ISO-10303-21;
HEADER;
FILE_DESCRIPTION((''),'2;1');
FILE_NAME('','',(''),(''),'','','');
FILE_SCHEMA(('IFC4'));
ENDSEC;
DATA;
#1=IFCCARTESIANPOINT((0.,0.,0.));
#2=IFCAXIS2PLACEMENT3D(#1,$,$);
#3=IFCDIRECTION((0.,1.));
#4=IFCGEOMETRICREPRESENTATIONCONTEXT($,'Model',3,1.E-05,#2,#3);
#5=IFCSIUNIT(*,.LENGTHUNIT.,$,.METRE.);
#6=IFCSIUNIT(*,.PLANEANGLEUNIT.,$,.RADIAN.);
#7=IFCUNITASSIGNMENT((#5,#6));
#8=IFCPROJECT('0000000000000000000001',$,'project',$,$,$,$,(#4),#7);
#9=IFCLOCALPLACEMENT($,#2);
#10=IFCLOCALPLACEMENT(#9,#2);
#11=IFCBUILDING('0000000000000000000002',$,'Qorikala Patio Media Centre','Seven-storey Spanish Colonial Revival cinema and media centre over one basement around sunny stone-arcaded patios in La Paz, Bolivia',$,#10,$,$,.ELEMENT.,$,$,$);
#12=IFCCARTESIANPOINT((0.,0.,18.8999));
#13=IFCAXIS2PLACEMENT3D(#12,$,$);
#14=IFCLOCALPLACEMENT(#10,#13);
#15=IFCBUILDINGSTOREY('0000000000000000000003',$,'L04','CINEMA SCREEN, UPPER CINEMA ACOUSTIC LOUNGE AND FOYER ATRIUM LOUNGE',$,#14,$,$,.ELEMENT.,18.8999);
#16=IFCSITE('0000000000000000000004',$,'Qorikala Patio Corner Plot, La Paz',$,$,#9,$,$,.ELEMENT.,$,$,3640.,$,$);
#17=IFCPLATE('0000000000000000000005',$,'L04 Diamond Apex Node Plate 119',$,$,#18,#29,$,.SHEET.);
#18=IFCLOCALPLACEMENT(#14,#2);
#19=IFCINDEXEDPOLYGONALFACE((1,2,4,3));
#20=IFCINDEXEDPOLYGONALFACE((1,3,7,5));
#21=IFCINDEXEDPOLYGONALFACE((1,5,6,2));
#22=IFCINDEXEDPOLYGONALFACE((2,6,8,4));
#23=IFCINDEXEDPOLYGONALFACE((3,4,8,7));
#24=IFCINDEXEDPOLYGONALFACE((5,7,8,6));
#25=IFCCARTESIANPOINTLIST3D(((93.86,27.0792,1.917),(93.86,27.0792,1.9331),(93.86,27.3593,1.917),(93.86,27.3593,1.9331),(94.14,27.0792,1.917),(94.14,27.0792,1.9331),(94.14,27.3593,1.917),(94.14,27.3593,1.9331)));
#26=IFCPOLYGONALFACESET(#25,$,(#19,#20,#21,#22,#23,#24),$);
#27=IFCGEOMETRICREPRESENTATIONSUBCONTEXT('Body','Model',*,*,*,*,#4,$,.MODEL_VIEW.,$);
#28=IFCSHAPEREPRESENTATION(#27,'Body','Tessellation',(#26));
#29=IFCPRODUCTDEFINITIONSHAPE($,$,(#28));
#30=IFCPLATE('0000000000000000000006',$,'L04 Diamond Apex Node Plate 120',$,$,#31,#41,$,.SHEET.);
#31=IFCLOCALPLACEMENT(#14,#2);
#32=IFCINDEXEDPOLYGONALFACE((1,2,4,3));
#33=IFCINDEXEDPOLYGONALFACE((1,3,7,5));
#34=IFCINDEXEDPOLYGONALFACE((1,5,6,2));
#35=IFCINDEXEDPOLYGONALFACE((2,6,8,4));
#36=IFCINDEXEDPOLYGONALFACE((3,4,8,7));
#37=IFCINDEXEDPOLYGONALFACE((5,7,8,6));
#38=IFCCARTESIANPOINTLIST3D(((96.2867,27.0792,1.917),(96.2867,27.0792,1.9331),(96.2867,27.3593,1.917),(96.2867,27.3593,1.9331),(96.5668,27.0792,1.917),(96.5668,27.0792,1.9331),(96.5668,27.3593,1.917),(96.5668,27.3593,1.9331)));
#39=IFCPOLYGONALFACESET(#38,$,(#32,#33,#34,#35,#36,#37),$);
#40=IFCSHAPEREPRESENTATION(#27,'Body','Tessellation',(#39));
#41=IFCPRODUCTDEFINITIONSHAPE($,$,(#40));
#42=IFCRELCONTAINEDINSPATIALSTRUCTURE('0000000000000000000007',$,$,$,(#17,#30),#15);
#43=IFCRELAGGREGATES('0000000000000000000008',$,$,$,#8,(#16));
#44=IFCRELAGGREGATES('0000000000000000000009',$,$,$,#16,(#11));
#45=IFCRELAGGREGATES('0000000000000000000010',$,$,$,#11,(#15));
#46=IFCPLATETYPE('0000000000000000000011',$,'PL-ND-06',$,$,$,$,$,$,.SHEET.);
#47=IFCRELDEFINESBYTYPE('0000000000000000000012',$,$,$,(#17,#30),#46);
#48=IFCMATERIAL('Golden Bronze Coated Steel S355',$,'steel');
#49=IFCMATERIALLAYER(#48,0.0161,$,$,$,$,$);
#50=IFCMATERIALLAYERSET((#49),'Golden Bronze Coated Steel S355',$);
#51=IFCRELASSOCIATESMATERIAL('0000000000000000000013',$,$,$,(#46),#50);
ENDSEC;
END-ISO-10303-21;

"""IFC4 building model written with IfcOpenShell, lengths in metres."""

from ifc_helpers import new_model, si_unit, direction, frame, origin, origin_2d, place, context, subcontext, project, spatial, rectangle, extrude, material, layer, layer_set, type_object, element, save


model = new_model("IFC4")

# Units and contexts
model_context = context("Model", 3, precision=1e-05, world=origin(), true_north=direction((0.0, 1.0)))
body_context = subcontext(model_context, "Body", "Model", "MODEL_VIEW")
ifc_project = project(units=[si_unit("LENGTHUNIT", "METRE"), si_unit("PLANEANGLEUNIT", "RADIAN")], contexts=[model_context])

# Site, building, storey
site_placement = place(None, origin())
site = spatial("IfcSite", under=ifc_project, at=site_placement, Name="Qorikala Patio Corner Plot, La Paz", CompositionType="ELEMENT", RefElevation=3640.0)
building_placement = place(site_placement, origin())
building = spatial("IfcBuilding", under=site, at=building_placement, Name="Qorikala Patio Media Centre", Description="Seven-storey Spanish Colonial Revival cinema and media centre over one basement around sunny stone-arcaded patios in La Paz, Bolivia", CompositionType="ELEMENT")
storey_placement = place(building_placement, frame((0.0, 0.0, 18.8999)))
storey = spatial("IfcBuildingStorey", under=building, at=storey_placement, Name="L04", Description="CINEMA SCREEN, UPPER CINEMA ACOUSTIC LOUNGE AND FOYER ATRIUM LOUNGE", CompositionType="ELEMENT", Elevation=18.8999)

# Shared definitions
ifc_material_1 = material(Name="Golden Bronze Coated Steel S355", Category="steel")

# Plates
ifc_layer = layer(ifc_material_1, 0.0161)
ifc_layer_set = layer_set([ifc_layer], Name="Golden Bronze Coated Steel S355")
plate_type = type_object("IfcPlateType", Name="PL-ND-06", PredefinedType="SHEET", material=ifc_layer_set)
for number, where, z_axis, x_axis, name in (
    (1, (94.0, 27.2192, 1.917), (0.0, 0.0, 1.0), (1.0, 0.0, 0.0), "L04 Diamond Apex Node Plate 119"),
    (2, (96.4268, 27.2192, 1.917), (0.0, 0.0, 1.0), (1.0, 0.0, 0.0), "L04 Diamond Apex Node Plate 120"),
):
    element("IfcPlate", number, at=place(storey_placement, frame(where, z_axis=z_axis, x_axis=x_axis)), inside=storey, type_object=plate_type, Name=name, PredefinedType="SHEET", context=body_context, shape_type="SweptSolid", body=[
        extrude(rectangle(XDim=0.28, YDim=0.28, at=origin_2d()), origin(), (0.0, 0.0, 1.0), 0.0161),
    ])

save(model, "model.ifc")
